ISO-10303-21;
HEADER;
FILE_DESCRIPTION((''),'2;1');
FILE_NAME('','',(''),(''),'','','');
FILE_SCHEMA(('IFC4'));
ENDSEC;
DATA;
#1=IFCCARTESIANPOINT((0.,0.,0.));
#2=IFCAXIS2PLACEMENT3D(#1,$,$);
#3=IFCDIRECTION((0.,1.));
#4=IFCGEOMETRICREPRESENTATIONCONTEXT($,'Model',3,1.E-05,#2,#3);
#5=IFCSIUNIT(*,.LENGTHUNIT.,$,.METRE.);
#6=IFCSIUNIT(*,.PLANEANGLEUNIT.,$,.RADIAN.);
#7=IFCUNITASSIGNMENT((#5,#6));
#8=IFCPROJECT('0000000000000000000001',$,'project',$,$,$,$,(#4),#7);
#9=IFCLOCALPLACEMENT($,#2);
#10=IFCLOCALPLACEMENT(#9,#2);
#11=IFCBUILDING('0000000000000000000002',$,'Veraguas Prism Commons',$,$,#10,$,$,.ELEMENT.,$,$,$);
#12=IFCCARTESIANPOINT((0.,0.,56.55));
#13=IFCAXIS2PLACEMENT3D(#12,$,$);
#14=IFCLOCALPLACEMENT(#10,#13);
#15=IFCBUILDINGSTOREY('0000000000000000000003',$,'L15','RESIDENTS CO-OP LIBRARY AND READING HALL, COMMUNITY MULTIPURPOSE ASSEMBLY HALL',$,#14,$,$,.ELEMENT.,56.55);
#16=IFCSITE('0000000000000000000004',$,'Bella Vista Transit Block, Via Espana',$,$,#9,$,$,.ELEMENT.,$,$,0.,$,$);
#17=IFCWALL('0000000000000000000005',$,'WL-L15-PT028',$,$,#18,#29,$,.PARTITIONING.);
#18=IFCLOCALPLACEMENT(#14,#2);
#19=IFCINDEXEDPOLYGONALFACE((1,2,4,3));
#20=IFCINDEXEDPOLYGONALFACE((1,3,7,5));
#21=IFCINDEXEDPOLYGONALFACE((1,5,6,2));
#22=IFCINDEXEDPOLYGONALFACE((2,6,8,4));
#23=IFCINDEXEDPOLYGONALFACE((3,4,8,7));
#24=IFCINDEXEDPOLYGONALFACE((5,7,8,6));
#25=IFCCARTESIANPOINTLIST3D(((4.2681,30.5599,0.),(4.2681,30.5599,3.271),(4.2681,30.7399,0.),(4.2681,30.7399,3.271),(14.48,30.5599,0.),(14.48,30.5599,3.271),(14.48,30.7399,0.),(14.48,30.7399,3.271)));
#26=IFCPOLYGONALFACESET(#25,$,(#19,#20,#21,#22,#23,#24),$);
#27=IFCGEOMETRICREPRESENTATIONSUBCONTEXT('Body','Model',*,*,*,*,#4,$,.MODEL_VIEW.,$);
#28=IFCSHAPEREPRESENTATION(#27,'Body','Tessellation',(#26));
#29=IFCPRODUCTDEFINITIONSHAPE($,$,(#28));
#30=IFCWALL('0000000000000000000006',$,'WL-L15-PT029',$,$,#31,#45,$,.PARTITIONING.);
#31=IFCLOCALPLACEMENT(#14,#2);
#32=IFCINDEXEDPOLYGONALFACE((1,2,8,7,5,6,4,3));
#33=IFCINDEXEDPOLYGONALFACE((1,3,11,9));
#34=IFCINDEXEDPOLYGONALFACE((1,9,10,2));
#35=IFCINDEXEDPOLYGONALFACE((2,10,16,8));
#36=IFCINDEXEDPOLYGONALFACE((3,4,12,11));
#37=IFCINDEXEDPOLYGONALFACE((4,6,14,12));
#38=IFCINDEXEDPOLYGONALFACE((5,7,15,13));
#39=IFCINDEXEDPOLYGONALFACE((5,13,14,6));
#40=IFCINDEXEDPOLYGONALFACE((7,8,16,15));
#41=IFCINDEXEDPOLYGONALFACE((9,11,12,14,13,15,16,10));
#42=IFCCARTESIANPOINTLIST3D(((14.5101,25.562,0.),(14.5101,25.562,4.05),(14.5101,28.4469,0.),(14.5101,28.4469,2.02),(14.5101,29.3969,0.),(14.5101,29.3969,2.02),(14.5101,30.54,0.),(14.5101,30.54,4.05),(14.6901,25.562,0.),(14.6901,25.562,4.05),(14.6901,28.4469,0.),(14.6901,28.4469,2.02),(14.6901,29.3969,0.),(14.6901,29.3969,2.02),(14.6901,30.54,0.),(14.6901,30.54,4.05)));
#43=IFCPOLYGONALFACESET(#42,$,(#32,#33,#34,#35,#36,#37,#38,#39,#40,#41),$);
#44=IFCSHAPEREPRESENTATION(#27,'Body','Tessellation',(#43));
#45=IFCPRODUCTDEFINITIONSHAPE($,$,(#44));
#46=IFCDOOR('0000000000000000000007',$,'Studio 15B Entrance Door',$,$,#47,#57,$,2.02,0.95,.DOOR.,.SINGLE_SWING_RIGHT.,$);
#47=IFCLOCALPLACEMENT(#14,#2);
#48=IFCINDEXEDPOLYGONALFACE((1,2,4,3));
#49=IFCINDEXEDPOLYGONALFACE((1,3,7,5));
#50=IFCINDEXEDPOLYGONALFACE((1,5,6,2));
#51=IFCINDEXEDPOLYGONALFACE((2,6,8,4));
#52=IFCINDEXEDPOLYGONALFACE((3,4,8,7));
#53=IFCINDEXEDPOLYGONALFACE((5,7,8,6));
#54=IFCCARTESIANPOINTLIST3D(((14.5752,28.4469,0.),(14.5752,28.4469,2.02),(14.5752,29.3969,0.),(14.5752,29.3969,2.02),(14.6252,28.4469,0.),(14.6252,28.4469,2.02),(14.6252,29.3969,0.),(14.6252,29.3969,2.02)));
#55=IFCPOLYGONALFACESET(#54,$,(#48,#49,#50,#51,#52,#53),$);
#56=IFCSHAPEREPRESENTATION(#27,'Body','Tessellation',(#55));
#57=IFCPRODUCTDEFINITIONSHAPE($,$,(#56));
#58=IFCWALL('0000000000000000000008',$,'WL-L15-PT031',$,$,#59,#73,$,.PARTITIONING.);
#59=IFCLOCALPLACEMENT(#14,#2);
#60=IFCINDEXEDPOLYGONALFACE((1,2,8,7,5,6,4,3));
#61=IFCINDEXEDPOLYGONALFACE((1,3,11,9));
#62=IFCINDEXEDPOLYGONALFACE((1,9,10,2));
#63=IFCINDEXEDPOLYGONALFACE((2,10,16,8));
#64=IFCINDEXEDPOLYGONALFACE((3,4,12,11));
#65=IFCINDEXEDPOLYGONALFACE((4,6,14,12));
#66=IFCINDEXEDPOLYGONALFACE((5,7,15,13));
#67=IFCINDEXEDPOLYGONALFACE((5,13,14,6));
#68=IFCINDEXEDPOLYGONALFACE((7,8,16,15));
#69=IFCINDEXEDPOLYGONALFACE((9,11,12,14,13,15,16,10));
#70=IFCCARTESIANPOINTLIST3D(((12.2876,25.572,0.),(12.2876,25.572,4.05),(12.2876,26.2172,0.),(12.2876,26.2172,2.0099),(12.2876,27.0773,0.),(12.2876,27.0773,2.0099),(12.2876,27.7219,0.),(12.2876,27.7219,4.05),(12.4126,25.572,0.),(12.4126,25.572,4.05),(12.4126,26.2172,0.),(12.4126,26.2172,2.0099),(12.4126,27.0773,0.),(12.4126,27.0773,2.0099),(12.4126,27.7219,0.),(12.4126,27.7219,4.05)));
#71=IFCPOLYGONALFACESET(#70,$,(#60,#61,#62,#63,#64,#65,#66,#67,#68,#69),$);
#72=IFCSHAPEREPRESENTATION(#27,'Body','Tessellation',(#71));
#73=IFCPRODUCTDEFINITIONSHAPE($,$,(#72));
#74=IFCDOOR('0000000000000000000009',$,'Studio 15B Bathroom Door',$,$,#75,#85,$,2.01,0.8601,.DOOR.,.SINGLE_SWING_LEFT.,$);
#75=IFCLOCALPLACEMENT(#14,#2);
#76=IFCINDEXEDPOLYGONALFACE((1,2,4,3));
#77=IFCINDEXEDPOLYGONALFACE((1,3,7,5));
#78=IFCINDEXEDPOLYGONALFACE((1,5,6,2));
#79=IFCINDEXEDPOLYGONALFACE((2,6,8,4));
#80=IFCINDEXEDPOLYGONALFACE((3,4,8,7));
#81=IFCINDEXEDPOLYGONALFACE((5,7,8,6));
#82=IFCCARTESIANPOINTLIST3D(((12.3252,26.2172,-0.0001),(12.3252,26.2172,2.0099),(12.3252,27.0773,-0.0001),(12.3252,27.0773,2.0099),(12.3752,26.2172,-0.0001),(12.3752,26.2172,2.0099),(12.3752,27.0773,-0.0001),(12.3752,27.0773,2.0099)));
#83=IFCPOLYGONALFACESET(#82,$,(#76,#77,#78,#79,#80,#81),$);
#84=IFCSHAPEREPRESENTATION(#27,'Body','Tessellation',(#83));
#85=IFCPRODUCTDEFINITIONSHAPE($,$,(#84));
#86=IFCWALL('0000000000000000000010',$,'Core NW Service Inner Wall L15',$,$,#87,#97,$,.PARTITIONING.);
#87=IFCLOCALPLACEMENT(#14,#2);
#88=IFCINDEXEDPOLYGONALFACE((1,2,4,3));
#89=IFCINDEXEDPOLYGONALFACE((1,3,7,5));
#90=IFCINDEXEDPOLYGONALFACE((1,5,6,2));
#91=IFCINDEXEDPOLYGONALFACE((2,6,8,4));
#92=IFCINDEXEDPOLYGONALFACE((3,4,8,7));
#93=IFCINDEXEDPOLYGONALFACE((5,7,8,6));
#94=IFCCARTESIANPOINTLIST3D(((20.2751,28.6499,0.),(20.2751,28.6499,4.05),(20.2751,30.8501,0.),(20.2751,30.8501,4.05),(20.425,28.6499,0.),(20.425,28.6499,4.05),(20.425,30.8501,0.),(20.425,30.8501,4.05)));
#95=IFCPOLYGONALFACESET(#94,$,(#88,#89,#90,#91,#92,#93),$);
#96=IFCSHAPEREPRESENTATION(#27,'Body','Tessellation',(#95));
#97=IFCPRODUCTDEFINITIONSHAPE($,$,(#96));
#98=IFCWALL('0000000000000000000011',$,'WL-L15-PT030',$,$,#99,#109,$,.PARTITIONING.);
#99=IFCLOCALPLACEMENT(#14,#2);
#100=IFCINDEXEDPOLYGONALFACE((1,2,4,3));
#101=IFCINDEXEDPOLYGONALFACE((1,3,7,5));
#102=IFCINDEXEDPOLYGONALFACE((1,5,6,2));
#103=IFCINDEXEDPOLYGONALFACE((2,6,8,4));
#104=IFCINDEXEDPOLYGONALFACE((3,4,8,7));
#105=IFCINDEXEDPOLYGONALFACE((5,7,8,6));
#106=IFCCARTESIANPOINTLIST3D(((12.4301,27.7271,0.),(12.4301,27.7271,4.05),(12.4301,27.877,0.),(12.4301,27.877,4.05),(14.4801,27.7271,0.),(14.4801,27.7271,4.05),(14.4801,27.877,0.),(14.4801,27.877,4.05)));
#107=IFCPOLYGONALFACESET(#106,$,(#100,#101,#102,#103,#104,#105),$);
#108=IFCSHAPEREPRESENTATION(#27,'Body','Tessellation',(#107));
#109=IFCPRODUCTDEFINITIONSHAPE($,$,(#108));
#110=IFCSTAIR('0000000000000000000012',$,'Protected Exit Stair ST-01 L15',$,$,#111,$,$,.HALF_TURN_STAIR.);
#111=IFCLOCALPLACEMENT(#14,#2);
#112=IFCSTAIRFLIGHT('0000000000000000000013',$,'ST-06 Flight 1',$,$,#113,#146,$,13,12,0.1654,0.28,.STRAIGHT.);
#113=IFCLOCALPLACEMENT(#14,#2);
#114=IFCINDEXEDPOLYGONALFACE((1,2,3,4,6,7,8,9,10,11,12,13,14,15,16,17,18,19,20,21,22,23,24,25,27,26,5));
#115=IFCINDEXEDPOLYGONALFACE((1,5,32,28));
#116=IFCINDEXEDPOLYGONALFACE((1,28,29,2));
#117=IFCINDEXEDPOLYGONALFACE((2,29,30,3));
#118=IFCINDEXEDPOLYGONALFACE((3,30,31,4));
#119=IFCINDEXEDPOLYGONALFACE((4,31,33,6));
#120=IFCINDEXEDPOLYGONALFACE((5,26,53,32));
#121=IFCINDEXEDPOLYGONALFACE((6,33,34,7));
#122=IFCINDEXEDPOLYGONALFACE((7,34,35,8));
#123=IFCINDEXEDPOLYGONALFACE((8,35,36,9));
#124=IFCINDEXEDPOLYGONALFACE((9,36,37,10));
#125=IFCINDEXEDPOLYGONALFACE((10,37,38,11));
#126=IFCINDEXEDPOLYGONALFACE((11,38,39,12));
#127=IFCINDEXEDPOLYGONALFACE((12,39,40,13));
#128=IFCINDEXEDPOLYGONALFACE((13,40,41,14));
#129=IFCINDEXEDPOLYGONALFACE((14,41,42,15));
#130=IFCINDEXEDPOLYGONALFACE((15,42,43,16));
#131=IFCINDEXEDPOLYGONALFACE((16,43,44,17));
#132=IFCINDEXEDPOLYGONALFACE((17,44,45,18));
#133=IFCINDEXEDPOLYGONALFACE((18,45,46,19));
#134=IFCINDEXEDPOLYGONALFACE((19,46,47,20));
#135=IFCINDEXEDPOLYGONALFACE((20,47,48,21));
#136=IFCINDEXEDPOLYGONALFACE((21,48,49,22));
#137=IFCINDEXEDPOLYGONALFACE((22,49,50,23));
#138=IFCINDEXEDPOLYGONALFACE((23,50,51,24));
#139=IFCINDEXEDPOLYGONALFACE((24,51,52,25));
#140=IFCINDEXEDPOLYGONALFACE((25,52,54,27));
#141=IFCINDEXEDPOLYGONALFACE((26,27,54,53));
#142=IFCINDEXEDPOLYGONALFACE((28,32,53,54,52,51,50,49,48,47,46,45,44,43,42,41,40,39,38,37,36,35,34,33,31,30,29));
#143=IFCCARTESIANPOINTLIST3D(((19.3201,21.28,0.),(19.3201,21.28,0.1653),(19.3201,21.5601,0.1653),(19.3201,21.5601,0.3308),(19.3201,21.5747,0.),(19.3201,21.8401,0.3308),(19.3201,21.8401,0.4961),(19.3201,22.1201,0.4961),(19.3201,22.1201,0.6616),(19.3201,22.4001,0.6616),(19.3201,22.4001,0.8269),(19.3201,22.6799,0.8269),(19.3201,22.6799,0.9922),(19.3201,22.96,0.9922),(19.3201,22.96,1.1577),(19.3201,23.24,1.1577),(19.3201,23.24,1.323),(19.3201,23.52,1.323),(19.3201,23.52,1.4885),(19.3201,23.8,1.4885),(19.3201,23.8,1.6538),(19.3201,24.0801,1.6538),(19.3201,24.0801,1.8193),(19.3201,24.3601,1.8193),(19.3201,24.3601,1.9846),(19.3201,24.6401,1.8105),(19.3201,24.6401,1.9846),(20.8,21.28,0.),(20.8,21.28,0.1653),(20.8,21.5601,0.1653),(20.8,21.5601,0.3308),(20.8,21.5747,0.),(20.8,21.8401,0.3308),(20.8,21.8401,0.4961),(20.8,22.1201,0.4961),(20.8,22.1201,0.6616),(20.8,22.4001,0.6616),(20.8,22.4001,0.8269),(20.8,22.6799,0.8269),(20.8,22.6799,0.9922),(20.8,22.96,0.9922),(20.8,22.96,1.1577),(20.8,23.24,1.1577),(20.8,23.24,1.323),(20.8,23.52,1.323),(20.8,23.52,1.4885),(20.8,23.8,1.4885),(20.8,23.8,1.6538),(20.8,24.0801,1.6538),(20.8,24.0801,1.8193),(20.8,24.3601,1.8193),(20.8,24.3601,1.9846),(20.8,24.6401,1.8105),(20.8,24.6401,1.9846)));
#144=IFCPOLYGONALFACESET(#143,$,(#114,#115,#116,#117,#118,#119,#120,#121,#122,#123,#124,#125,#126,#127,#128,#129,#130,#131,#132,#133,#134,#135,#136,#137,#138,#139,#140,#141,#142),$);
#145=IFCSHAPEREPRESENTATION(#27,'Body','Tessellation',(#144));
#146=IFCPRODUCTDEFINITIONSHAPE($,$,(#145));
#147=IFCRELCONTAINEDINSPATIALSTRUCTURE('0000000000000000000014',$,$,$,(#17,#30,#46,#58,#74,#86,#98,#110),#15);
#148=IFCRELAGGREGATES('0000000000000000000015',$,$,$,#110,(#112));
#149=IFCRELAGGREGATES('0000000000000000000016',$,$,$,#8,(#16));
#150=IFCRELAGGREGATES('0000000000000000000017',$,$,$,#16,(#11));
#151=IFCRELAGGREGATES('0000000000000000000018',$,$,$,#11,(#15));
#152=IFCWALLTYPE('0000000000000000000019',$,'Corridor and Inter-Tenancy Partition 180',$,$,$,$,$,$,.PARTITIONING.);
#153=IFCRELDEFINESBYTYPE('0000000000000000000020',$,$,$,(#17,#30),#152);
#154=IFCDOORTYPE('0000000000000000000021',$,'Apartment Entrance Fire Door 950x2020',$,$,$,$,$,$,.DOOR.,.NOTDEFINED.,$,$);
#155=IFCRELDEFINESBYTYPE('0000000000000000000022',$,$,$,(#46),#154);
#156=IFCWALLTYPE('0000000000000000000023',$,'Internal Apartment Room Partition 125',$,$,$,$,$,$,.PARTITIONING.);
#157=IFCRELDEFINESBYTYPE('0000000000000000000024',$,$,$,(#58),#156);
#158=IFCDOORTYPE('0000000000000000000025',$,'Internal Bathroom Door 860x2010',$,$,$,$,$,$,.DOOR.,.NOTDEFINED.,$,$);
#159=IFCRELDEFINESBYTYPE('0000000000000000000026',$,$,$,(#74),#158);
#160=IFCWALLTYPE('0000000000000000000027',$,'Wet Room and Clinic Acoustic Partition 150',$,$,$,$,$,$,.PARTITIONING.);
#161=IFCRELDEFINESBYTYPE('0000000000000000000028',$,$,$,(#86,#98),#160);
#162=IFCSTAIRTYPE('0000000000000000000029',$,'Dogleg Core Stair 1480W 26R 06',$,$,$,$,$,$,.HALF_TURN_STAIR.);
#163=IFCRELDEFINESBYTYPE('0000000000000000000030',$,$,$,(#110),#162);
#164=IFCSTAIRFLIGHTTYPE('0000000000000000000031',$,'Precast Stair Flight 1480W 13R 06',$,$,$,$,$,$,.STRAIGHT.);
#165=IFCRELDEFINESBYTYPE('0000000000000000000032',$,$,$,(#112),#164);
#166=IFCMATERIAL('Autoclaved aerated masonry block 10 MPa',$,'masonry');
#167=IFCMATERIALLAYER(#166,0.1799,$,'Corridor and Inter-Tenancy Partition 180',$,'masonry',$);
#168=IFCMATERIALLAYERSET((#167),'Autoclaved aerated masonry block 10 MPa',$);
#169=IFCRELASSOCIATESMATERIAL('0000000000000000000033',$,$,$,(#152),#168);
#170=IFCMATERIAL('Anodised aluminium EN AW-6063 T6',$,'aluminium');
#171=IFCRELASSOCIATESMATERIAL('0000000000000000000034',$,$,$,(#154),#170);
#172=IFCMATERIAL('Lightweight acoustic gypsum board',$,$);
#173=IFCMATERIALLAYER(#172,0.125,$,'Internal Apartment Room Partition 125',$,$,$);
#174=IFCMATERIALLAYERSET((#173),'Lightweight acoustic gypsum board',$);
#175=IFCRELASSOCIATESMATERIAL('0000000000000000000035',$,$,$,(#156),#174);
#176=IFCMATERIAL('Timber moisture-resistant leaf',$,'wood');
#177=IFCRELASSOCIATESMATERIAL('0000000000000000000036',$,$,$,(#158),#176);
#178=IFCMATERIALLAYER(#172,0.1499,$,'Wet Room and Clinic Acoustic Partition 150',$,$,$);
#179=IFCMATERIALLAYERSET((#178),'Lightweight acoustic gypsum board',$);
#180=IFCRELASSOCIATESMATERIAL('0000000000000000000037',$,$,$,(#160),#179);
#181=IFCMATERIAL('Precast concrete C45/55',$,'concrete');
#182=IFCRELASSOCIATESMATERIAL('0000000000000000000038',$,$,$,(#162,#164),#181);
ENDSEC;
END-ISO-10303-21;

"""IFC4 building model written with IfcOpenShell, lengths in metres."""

from ifc_helpers import new_model, si_unit, direction, frame, frame_2d, origin, place, context, subcontext, project, spatial, polyline, rectangle, outline, extrude, source, transform, mapped, material, layer, layer_set, type_object, element, fill, aggregate, save


model = new_model("IFC4")

# Units and contexts
model_context = context("Model", 3, precision=1e-05, world=origin(), true_north=direction((0.0, 1.0)))
body_context = subcontext(model_context, "Body", "Model", "MODEL_VIEW")
ifc_project = project(units=[si_unit("LENGTHUNIT", "METRE"), si_unit("PLANEANGLEUNIT", "RADIAN")], contexts=[model_context])

# Site, building, storey
site_placement = place(None, origin())
site = spatial("IfcSite", under=ifc_project, at=site_placement, Name="Bella Vista Transit Block, Via Espana", CompositionType="ELEMENT", RefElevation=0.0)
building_placement = place(site_placement, origin())
building = spatial("IfcBuilding", under=site, at=building_placement, Name="Veraguas Prism Commons", CompositionType="ELEMENT")
storey_placement = place(building_placement, frame((0.0, 0.0, 56.55)))
storey = spatial("IfcBuildingStorey", under=building, at=storey_placement, Name="L15", Description="RESIDENTS CO-OP LIBRARY AND READING HALL, COMMUNITY MULTIPURPOSE ASSEMBLY HALL", CompositionType="ELEMENT", Elevation=56.55)

# Shared definitions
ifc_material_1 = material(Name="Anodised aluminium EN AW-6063 T6", Category="aluminium")

# Shared definitions
ifc_material_2 = material(Name="Autoclaved aerated masonry block 10 MPa", Category="masonry")
ifc_layer_1 = layer(ifc_material_2, 0.1799, Name="Corridor and Inter-Tenancy Partition 180", Category="masonry")
ifc_layer_set_1 = layer_set([ifc_layer_1], Name="Autoclaved aerated masonry block 10 MPa")
wall_type_1 = type_object("IfcWallType", Name="Corridor and Inter-Tenancy Partition 180", PredefinedType="PARTITIONING", material=ifc_layer_set_1)

# Wall
wall_1_placement = place(storey_placement, frame((14.48, 30.6499, 0.0), z_axis=(0.0, 0.0, 1.0), x_axis=(-1.0, 0.0, 0.0)))
element("IfcWall", 1, at=wall_1_placement, inside=storey, type_object=wall_type_1, Name="WL-L15-PT028", PredefinedType="PARTITIONING", context=body_context, shape_type="SweptSolid", body=[
    extrude(rectangle(XDim=10.2119, YDim=0.1799, at=frame_2d((5.106, 0.0))), origin(), (0.0, 0.0, 1.0), 3.271),
])

# Walls, openings, doors
wall_2_placement = place(storey_placement, frame((14.6001, 25.562, 0.0), z_axis=(0.0, 0.0, 1.0), x_axis=(0.0, 1.0, 0.0)))
wall_2 = element("IfcWall", 2, at=wall_2_placement, inside=storey, type_object=wall_type_1, Name="WL-L15-PT029", PredefinedType="PARTITIONING", context=body_context, shape_type="SweptSolid", body=[
    extrude(rectangle(XDim=4.978, YDim=0.1799, at=frame_2d((2.489, 0.0))), origin(), (0.0, 0.0, 1.0), 4.05),
])
opening_1_placement = place(wall_2_placement, frame((2.8848, 0.0, 0.0)))
opening_1 = element("IfcOpeningElement", 3, at=opening_1_placement, cuts=wall_2, PredefinedType="OPENING", context=body_context, shape_type="SweptSolid", body=[
    extrude(rectangle(XDim=0.95, YDim=2.02, at=frame_2d((0.4751, 1.01))), frame((0.0, 0.0999, 0.0), z_axis=(0.0, -1.0, 0.0), x_axis=(1.0, 0.0, 0.0)), (0.0, 0.0, 1.0), 0.2),
])
door_type_1 = type_object("IfcDoorType", Name="Apartment Entrance Fire Door 950x2020", OperationType="NOTDEFINED", PredefinedType="DOOR", material=ifc_material_1)
shared_shape_1 = source(origin(), body_context, "Body", "SweptSolid", [
    extrude(rectangle(XDim=0.95, YDim=2.02, at=frame_2d((0.4751, 1.01))), frame((0.0, 0.0249, 0.0), z_axis=(0.0, -1.0, 0.0), x_axis=(1.0, 0.0, 0.0)), (0.0, 0.0, 1.0), 0.05),
])
door_1_placement = place(opening_1_placement, origin())
door_1 = element("IfcDoor", 4, at=door_1_placement, inside=storey, type_object=door_type_1, Name="Studio 15B Entrance Door", OperationType="SINGLE_SWING_RIGHT", OverallHeight=2.02, OverallWidth=0.95, PredefinedType="DOOR", context=body_context, shape_type="MappedRepresentation", body=[
    mapped(shared_shape_1, transform((0.0, 0.0, 0.0), scale=1.0)),
])
fill(opening_1, door_1)
ifc_material_3 = material(Name="Lightweight acoustic gypsum board")
ifc_layer_2 = layer(ifc_material_3, 0.125, Name="Internal Apartment Room Partition 125")
ifc_layer_set_2 = layer_set([ifc_layer_2], Name="Lightweight acoustic gypsum board")
wall_type_2 = type_object("IfcWallType", Name="Internal Apartment Room Partition 125", PredefinedType="PARTITIONING", material=ifc_layer_set_2)
wall_3_placement = place(storey_placement, frame((12.3501, 25.572, 0.0), z_axis=(0.0, 0.0, 1.0), x_axis=(0.0, 1.0, 0.0)))
wall_3 = element("IfcWall", 5, at=wall_3_placement, inside=storey, type_object=wall_type_2, Name="WL-L15-PT031", PredefinedType="PARTITIONING", context=body_context, shape_type="SweptSolid", body=[
    extrude(rectangle(XDim=2.1499, YDim=0.125, at=frame_2d((1.075, 0.0))), origin(), (0.0, 0.0, 1.0), 4.05),
])
opening_2_placement = place(wall_3_placement, frame((0.645, 0.0, 0.0)))
opening_2 = element("IfcOpeningElement", 6, at=opening_2_placement, cuts=wall_3, PredefinedType="OPENING", context=body_context, shape_type="SweptSolid", body=[
    extrude(rectangle(XDim=0.8601, YDim=2.01, at=frame_2d((0.4302, 1.0049))), frame((0.0, 0.0725, 0.0), z_axis=(0.0, -1.0, 0.0), x_axis=(1.0, 0.0, 0.0)), (0.0, 0.0, 1.0), 0.145),
])
ifc_material_4 = material(Name="Timber moisture-resistant leaf", Category="wood")
door_type_2 = type_object("IfcDoorType", Name="Internal Bathroom Door 860x2010", OperationType="NOTDEFINED", PredefinedType="DOOR", material=ifc_material_4)
shared_shape_2 = source(origin(), body_context, "Body", "SweptSolid", [
    extrude(rectangle(XDim=0.8601, YDim=2.01, at=frame_2d((0.4302, 1.0049))), frame((0.0, 0.0249, 0.0), z_axis=(0.0, -1.0, 0.0), x_axis=(1.0, 0.0, 0.0)), (0.0, 0.0, 1.0), 0.05),
])
door_2_placement = place(opening_2_placement, origin())
door_2 = element("IfcDoor", 7, at=door_2_placement, inside=storey, type_object=door_type_2, Name="Studio 15B Bathroom Door", OperationType="SINGLE_SWING_LEFT", OverallHeight=2.01, OverallWidth=0.8601, PredefinedType="DOOR", context=body_context, shape_type="MappedRepresentation", body=[
    mapped(shared_shape_2, transform((0.0, 0.0, 0.0), scale=1.0)),
])
fill(opening_2, door_2)

# Walls
ifc_layer_3 = layer(ifc_material_3, 0.1499, Name="Wet Room and Clinic Acoustic Partition 150")
ifc_layer_set_3 = layer_set([ifc_layer_3], Name="Lightweight acoustic gypsum board")
wall_type_3 = type_object("IfcWallType", Name="Wet Room and Clinic Acoustic Partition 150", PredefinedType="PARTITIONING", material=ifc_layer_set_3)
wall_4_placement = place(storey_placement, frame((20.3501, 28.6499, 0.0), z_axis=(0.0, 0.0, 1.0), x_axis=(0.0, 1.0, 0.0)))
element("IfcWall", 8, at=wall_4_placement, inside=storey, type_object=wall_type_3, Name="Core NW Service Inner Wall L15", PredefinedType="PARTITIONING", context=body_context, shape_type="SweptSolid", body=[
    extrude(rectangle(XDim=2.2002, YDim=0.1499, at=frame_2d((1.1001, 0.0))), origin(), (0.0, 0.0, 1.0), 4.05),
])
wall_5_placement = place(storey_placement, frame((14.48, 27.802, 0.0), z_axis=(0.0, 0.0, 1.0), x_axis=(-1.0, 0.0, 0.0)))
element("IfcWall", 9, at=wall_5_placement, inside=storey, type_object=wall_type_3, Name="WL-L15-PT030", PredefinedType="PARTITIONING", context=body_context, shape_type="SweptSolid", body=[
    extrude(rectangle(XDim=2.05, YDim=0.1499, at=frame_2d((1.0249, 0.0))), origin(), (0.0, 0.0, 1.0), 4.05),
])

# Stair, stair flight
ifc_material_5 = material(Name="Precast concrete C45/55", Category="concrete")
stair_type = type_object("IfcStairType", Name="Dogleg Core Stair 1480W 26R 06", PredefinedType="HALF_TURN_STAIR", material=ifc_material_5)
stair_placement = place(storey_placement, origin())
stair = element("IfcStair", 10, at=stair_placement, inside=storey, type_object=stair_type, Name="Protected Exit Stair ST-01 L15", PredefinedType="HALF_TURN_STAIR")
stair_flight_type = type_object("IfcStairFlightType", Name="Precast Stair Flight 1480W 13R 06", PredefinedType="STRAIGHT", material=ifc_material_5)
stair_flight_1_placement = place(storey_placement, frame((20.0601, 21.28, 0.0), z_axis=(0.0, 0.0, 1.0), x_axis=(0.0, 1.0, 0.0)))
stair_flight_1 = element("IfcStairFlight", 11, at=stair_flight_1_placement, type_object=stair_flight_type, Name="ST-06 Flight 1", NumberOfRisers=13, NumberOfTreads=12, PredefinedType="STRAIGHT", RiserHeight=0.1654, TreadLength=0.28, context=body_context, shape_type="SweptSolid", body=[
    extrude(outline(polyline([(0.0, 0.0), (0.0, 0.1653), (0.28, 0.1653), (0.28, 0.3308), (0.5601, 0.3308), (0.5601, 0.4961), (0.8401, 0.4961), (0.8401, 0.6616), (1.1201, 0.6616), (1.1201, 0.8269), (1.3999, 0.8269), (1.3999, 0.9922), (1.6799, 0.9922), (1.6799, 1.1577), (1.96, 1.1577), (1.96, 1.323), (2.24, 1.323), (2.24, 1.4885), (2.52, 1.4885), (2.52, 1.6538), (2.8, 1.6538), (2.8, 1.8193), (3.0801, 1.8193), (3.0801, 1.9846), (3.3601, 1.9846), (3.3601, 2.1499), (3.3601, 1.8105), (0.2947, 0.0), (0.0, 0.0)])), frame((0.0, 0.74, 0.0), z_axis=(0.0, -1.0, 0.0), x_axis=(1.0, 0.0, 0.0)), (0.0, 0.0, 1.0), 1.48),
])
aggregate(stair, [stair_flight_1])

save(model, "model.ifc")
